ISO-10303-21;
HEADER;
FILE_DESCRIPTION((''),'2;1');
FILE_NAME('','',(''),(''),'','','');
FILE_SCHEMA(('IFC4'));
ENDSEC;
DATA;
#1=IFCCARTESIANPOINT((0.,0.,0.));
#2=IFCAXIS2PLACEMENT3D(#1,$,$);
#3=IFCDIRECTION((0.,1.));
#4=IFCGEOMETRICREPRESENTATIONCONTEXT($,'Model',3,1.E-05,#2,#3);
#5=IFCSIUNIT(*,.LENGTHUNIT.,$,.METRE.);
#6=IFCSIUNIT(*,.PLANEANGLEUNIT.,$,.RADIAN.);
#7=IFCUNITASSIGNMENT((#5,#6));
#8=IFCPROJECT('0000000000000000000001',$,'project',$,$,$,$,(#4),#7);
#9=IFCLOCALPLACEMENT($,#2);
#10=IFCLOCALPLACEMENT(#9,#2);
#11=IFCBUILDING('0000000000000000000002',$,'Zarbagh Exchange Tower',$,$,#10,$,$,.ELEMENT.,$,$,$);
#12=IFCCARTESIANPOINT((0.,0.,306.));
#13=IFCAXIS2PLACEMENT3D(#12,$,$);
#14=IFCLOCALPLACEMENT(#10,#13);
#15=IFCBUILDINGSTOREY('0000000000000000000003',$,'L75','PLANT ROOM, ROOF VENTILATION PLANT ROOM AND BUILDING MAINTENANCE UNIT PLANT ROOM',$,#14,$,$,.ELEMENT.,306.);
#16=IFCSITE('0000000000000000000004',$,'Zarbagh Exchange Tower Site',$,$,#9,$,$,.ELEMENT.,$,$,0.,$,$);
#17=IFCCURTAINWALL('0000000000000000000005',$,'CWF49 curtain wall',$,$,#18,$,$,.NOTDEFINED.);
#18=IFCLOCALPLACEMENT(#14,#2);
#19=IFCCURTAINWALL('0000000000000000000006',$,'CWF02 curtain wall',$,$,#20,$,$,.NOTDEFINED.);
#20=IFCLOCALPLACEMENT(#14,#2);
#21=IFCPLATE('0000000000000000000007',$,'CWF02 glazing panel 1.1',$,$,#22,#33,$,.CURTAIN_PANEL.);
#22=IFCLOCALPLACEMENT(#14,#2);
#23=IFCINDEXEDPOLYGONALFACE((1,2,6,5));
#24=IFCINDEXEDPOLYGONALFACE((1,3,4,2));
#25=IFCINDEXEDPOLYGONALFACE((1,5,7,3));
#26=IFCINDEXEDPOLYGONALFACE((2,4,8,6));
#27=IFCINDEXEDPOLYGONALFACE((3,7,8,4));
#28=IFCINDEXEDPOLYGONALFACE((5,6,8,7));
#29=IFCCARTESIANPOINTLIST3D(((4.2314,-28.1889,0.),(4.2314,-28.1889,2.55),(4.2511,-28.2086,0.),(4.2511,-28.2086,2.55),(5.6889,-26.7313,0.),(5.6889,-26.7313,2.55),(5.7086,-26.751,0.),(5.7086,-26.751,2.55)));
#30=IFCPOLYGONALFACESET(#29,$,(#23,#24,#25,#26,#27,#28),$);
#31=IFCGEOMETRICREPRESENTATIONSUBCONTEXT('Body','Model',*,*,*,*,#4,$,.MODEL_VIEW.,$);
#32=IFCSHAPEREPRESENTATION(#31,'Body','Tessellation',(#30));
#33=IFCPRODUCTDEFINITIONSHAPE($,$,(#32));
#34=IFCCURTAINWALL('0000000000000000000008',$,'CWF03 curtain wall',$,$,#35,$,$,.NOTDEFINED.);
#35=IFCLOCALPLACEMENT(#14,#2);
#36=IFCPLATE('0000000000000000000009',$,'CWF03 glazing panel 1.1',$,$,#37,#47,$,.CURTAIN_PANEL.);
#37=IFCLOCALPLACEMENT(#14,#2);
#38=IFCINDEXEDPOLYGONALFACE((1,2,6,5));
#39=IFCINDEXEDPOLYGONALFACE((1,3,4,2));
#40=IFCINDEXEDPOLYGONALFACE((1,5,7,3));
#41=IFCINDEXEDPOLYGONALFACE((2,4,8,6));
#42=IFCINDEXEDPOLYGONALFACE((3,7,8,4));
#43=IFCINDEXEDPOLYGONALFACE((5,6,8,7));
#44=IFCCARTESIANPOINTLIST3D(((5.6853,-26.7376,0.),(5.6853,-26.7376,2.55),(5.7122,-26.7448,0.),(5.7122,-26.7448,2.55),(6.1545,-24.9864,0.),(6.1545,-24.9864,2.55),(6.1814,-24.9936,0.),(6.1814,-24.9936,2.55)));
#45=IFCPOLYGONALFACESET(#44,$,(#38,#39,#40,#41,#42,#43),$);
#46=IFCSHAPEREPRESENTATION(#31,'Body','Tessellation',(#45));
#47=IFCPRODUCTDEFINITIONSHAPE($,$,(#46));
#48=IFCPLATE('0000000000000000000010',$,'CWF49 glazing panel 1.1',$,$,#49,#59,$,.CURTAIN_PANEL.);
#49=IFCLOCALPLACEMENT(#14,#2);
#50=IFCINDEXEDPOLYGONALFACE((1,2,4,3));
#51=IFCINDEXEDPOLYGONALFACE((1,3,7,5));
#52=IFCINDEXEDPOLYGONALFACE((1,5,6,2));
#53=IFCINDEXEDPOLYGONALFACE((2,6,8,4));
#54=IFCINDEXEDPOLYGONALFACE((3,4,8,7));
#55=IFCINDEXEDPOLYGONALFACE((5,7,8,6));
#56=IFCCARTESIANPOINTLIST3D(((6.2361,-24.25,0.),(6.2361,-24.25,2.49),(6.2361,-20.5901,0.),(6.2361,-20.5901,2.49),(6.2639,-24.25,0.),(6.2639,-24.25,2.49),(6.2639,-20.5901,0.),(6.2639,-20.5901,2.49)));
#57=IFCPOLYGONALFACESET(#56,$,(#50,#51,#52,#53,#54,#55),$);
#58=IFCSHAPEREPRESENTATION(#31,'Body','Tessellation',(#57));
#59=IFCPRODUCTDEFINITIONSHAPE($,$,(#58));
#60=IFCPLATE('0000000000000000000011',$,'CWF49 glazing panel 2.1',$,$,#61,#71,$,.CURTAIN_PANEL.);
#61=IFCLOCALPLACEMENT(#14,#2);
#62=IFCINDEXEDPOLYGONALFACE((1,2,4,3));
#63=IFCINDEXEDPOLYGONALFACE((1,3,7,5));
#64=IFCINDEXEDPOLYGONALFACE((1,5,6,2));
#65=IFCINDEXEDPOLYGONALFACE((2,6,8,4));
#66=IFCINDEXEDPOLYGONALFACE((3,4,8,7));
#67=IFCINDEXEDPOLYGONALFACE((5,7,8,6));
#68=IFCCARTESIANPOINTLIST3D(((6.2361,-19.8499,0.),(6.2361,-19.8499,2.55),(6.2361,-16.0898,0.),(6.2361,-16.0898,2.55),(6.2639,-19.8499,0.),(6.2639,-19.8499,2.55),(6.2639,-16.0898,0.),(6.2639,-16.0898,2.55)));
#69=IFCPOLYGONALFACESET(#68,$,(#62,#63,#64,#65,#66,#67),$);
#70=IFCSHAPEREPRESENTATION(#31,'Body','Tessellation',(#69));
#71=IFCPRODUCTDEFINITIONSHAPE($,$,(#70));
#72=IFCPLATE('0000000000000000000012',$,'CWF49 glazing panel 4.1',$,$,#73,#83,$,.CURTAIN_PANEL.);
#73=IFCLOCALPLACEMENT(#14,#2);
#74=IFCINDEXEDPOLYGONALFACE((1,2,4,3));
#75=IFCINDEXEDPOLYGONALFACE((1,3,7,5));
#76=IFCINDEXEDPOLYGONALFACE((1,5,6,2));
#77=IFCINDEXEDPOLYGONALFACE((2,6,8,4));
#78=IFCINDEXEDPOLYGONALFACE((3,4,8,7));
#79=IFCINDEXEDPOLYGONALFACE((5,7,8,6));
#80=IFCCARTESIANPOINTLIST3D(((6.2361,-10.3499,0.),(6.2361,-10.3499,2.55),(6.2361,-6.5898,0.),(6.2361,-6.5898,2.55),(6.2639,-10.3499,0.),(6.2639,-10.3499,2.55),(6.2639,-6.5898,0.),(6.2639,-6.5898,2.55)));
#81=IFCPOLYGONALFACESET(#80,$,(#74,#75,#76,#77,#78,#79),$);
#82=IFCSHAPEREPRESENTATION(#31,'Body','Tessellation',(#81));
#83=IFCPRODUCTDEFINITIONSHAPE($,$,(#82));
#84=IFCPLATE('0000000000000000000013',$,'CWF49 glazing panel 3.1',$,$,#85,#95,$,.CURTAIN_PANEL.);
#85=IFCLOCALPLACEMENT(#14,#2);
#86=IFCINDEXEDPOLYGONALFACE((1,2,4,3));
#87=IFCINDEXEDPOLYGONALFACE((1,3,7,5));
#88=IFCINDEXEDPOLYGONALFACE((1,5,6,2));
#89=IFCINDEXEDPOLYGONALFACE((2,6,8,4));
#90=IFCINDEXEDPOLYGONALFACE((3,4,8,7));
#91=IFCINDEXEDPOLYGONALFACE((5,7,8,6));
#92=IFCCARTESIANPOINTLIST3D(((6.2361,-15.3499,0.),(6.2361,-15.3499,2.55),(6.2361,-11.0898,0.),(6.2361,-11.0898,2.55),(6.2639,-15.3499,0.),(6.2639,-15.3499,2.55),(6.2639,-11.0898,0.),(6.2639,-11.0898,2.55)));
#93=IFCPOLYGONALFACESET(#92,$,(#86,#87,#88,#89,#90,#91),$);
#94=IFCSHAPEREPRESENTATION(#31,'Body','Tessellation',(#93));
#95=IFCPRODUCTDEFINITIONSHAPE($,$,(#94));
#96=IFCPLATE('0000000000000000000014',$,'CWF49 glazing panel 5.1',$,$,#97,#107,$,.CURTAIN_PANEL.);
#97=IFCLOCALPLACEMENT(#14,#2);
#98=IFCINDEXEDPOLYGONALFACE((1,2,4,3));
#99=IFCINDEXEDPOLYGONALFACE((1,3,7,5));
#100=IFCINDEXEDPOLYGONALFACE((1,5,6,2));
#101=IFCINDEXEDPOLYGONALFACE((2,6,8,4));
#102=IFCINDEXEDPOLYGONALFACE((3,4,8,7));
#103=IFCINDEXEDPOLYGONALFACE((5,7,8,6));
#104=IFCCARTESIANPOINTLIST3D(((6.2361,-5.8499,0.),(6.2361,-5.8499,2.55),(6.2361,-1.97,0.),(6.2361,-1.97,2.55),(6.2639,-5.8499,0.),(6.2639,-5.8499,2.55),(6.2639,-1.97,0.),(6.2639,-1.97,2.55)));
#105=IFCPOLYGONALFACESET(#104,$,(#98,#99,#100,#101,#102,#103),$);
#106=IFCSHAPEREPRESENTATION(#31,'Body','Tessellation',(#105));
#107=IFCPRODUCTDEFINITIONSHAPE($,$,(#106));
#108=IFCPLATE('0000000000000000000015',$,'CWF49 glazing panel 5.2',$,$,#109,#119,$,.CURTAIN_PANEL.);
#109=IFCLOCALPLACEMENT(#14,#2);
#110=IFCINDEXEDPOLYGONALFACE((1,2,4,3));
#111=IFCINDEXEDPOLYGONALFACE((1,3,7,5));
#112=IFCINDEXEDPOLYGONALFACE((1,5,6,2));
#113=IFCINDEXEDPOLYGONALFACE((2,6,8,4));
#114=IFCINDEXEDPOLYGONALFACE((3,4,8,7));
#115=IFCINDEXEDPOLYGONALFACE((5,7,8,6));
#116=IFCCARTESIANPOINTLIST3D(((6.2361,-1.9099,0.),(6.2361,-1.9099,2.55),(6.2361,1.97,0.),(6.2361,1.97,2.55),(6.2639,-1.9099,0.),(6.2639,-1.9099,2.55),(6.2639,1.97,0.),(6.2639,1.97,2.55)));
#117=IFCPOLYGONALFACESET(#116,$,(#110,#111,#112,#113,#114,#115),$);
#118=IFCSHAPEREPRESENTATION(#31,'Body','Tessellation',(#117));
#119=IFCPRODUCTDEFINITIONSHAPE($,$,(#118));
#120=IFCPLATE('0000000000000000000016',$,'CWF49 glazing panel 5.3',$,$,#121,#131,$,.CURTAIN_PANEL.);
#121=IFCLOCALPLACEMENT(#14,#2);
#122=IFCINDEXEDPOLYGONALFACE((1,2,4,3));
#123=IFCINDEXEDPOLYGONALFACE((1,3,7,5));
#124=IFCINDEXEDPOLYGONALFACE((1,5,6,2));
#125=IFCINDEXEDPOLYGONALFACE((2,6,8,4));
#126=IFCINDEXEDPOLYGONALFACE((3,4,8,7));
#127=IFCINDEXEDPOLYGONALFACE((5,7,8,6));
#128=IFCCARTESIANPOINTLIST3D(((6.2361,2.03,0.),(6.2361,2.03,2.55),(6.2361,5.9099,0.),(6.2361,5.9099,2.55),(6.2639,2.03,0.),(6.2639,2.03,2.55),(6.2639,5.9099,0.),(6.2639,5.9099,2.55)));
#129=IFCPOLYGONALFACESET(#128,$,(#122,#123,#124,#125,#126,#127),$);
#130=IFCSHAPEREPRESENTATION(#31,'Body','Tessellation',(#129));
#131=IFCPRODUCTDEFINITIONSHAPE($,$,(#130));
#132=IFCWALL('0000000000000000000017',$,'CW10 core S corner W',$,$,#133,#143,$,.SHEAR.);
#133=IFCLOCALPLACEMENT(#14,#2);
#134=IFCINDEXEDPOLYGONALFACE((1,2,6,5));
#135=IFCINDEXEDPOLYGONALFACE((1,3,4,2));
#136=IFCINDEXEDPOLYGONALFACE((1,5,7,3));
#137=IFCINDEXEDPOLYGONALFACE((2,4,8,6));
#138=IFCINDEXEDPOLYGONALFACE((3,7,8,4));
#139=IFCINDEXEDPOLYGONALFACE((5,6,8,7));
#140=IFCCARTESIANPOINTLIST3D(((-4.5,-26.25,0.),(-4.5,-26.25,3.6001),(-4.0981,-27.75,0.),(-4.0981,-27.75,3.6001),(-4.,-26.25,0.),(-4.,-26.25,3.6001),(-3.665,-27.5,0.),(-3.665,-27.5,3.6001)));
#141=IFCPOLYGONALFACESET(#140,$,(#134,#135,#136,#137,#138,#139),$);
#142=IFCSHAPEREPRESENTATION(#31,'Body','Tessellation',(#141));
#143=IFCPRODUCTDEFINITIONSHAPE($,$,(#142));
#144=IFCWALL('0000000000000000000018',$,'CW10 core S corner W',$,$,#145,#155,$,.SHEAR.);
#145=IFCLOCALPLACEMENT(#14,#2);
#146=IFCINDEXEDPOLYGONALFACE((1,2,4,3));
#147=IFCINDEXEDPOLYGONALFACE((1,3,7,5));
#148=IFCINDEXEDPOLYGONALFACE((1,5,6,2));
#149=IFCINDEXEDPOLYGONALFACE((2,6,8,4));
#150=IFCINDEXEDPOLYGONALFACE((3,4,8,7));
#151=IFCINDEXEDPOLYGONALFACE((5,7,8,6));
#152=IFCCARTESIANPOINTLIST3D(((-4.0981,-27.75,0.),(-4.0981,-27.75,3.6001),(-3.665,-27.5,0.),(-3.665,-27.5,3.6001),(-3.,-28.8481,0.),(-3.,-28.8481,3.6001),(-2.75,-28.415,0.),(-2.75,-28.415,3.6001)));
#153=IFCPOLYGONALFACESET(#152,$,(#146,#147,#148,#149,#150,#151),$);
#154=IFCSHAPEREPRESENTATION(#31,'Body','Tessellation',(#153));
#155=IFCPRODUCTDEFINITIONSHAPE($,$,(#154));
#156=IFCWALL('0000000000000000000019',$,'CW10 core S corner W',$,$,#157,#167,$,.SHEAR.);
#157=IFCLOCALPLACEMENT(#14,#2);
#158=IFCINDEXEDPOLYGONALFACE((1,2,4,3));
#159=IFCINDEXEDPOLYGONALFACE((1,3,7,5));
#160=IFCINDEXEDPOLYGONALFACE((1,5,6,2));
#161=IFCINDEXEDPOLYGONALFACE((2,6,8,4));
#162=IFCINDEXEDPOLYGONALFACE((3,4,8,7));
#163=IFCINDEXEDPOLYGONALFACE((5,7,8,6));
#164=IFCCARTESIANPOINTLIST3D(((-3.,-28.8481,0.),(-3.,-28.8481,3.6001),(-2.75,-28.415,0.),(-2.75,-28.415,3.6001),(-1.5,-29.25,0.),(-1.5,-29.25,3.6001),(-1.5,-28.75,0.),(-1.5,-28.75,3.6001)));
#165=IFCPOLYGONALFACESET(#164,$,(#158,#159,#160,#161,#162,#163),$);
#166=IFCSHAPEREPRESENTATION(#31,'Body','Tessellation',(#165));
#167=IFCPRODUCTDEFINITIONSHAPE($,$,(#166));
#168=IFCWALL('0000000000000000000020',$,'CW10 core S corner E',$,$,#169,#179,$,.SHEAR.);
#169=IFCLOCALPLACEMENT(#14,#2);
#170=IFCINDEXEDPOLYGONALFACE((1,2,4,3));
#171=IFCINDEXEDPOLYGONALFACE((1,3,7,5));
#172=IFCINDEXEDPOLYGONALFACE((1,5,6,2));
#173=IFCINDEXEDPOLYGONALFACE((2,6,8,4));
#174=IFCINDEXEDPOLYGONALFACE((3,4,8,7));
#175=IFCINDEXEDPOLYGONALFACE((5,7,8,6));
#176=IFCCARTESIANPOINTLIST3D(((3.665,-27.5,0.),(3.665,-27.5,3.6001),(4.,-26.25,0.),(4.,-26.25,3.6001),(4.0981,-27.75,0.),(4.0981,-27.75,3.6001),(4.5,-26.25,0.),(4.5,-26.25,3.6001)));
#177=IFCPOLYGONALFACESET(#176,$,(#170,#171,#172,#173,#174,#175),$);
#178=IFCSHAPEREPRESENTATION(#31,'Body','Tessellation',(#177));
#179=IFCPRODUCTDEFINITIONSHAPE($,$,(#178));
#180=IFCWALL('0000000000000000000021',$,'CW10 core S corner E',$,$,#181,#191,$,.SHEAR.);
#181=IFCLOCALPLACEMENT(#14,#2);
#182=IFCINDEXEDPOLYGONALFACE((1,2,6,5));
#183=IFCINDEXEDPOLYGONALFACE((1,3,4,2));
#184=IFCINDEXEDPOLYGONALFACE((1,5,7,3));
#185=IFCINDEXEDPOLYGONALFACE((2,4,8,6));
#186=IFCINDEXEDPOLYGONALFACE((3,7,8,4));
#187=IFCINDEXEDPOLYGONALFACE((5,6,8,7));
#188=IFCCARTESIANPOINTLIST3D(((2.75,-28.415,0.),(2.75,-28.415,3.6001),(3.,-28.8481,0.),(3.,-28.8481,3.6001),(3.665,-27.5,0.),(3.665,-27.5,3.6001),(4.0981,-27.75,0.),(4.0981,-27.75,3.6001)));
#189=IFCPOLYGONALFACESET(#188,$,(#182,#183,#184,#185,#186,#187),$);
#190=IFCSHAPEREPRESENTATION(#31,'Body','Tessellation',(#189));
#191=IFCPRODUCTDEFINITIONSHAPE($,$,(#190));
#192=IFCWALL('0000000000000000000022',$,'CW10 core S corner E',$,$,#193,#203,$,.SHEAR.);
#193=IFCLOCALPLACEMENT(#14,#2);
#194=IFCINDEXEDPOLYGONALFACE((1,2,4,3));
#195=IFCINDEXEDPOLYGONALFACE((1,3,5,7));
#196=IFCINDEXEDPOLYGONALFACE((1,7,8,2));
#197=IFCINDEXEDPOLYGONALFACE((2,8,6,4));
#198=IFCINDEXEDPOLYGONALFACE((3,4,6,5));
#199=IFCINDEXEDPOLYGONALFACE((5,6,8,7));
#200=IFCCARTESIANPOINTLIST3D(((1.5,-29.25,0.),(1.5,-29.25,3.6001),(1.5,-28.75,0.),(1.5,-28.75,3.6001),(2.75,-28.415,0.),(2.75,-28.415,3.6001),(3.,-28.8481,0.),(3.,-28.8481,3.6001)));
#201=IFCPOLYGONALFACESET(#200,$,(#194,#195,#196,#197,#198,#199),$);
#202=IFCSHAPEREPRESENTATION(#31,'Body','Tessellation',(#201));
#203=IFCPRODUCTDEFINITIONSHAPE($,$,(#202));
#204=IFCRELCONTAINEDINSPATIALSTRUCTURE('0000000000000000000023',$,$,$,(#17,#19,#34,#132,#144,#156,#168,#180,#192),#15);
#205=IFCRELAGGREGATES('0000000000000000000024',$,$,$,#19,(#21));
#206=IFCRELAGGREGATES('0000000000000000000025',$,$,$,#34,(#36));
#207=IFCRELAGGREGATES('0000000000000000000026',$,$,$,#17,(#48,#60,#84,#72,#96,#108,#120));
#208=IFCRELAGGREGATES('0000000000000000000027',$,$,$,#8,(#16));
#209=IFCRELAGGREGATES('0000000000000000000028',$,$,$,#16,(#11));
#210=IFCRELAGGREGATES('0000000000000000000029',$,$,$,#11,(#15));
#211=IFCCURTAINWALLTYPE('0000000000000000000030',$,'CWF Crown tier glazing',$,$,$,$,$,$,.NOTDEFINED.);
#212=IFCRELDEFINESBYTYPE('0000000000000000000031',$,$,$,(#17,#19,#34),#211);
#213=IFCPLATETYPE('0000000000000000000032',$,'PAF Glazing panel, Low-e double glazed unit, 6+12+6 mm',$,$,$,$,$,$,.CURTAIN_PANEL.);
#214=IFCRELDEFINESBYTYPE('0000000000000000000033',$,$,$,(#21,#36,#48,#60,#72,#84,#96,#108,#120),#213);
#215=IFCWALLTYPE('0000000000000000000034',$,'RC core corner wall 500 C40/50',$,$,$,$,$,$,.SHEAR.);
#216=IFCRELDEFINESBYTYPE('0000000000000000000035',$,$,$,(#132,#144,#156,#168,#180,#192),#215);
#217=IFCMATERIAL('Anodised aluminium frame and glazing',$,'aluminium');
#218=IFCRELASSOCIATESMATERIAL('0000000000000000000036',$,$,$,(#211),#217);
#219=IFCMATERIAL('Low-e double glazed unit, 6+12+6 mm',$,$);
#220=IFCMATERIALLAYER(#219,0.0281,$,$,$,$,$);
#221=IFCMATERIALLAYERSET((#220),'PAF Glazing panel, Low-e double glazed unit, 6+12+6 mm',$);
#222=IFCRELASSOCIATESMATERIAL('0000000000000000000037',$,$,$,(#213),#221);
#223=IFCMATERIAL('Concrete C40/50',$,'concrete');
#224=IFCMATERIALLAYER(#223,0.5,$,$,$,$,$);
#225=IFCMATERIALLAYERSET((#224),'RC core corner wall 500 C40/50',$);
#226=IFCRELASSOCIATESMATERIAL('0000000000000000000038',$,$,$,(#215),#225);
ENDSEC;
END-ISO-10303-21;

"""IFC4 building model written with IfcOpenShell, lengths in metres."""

from ifc_helpers import new_model, si_unit, direction, frame, origin, place, context, subcontext, project, spatial, polyline, outline, extrude, source, transform, mapped, material, layer, layer_set, type_object, element, aggregate, save


model = new_model("IFC4")

# Units and contexts
model_context = context("Model", 3, precision=1e-05, world=origin(), true_north=direction((0.0, 1.0)))
body_context = subcontext(model_context, "Body", "Model", "MODEL_VIEW")
ifc_project = project(units=[si_unit("LENGTHUNIT", "METRE"), si_unit("PLANEANGLEUNIT", "RADIAN")], contexts=[model_context])

# Site, building, storey
site_placement = place(None, origin())
site = spatial("IfcSite", under=ifc_project, at=site_placement, Name="Zarbagh Exchange Tower Site", CompositionType="ELEMENT", RefElevation=0.0)
building_placement = place(site_placement, origin())
building = spatial("IfcBuilding", under=site, at=building_placement, Name="Zarbagh Exchange Tower", CompositionType="ELEMENT")
storey_placement = place(building_placement, frame((0.0, 0.0, 306.0)))
storey = spatial("IfcBuildingStorey", under=building, at=storey_placement, Name="L75", Description="PLANT ROOM, ROOF VENTILATION PLANT ROOM AND BUILDING MAINTENANCE UNIT PLANT ROOM", CompositionType="ELEMENT", Elevation=306.0)

# Curtain wall
ifc_material_1 = material(Name="Anodised aluminium frame and glazing", Category="aluminium")
curtain_wall_type = type_object("IfcCurtainWallType", Name="CWF Crown tier glazing", PredefinedType="NOTDEFINED", material=ifc_material_1)
curtain_wall_1_placement = place(storey_placement, origin())
curtain_wall_1 = element("IfcCurtainWall", 1, at=curtain_wall_1_placement, inside=storey, type_object=curtain_wall_type, Name="CWF49 curtain wall", PredefinedType="NOTDEFINED")
placement = place(storey_placement, origin())

# Shared definitions
ifc_material_2 = material(Name="Concrete C40/50", Category="concrete")

# Shared definitions
ifc_material_3 = material(Name="Low-e double glazed unit, 6+12+6 mm")
ifc_layer_1 = layer(ifc_material_3, 0.0281)
ifc_layer_set_1 = layer_set([ifc_layer_1], Name="PAF Glazing panel, Low-e double glazed unit, 6+12+6 mm")
plate_type = type_object("IfcPlateType", Name="PAF Glazing panel, Low-e double glazed unit, 6+12+6 mm", PredefinedType="CURTAIN_PANEL", material=ifc_layer_set_1)

# Curtain walls, plates
curtain_wall_2_placement = place(storey_placement, origin())
curtain_wall_2 = element("IfcCurtainWall", 2, at=curtain_wall_2_placement, inside=storey, type_object=curtain_wall_type, Name="CWF02 curtain wall", PredefinedType="NOTDEFINED")
shared_shape_1 = source(origin(), body_context, "Body", "SweptSolid", [
    extrude(outline(polyline([(0.0, -0.0139), (2.0613, -0.0139), (2.0613, 0.0139), (0.0, 0.0139), (0.0, -0.0139)])), origin(), (0.0, 0.0, 1.0), 2.55),
])
plate_1 = element("IfcPlate", 3, at=placement, type_object=plate_type, Name="CWF02 glazing panel 1.1", PredefinedType="CURTAIN_PANEL", context=body_context, shape_type="MappedRepresentation", body=[
    mapped(shared_shape_1, transform((4.2412, -28.1987, 0.0), x_axis=(0.707107, 0.707107, 0.0), y_axis=(-0.707107, 0.707107, 0.0), z_axis=(0.0, 0.0, 1.0))),
])
aggregate(curtain_wall_2, [plate_1])
curtain_wall_3_placement = place(storey_placement, origin())
curtain_wall_3 = element("IfcCurtainWall", 4, at=curtain_wall_3_placement, inside=storey, type_object=curtain_wall_type, Name="CWF03 curtain wall", PredefinedType="NOTDEFINED")
shared_shape_2 = source(origin(), body_context, "Body", "SweptSolid", [
    extrude(outline(polyline([(0.0, -0.0139), (1.813, -0.0139), (1.813, 0.0139), (0.0, 0.0139), (0.0, -0.0139)])), origin(), (0.0, 0.0, 1.0), 2.55),
])
plate_2 = element("IfcPlate", 5, at=placement, type_object=plate_type, Name="CWF03 glazing panel 1.1", PredefinedType="CURTAIN_PANEL", context=body_context, shape_type="MappedRepresentation", body=[
    mapped(shared_shape_2, transform((5.6987, -26.7412, 0.0), x_axis=(0.258825, 0.965924, 0.0), y_axis=(-0.965924, 0.258825, 0.0), z_axis=(0.0, 0.0, 1.0))),
])
aggregate(curtain_wall_3, [plate_2])

# Plates
shared_shape_3 = source(origin(), body_context, "Body", "SweptSolid", [
    extrude(outline(polyline([(0.0, -0.0139), (3.6599, -0.0139), (3.6599, 0.0139), (0.0, 0.0139), (0.0, -0.0139)])), origin(), (0.0, 0.0, 1.0), 2.49),
])
plate_3 = element("IfcPlate", 6, at=placement, type_object=plate_type, Name="CWF49 glazing panel 1.1", PredefinedType="CURTAIN_PANEL", context=body_context, shape_type="MappedRepresentation", body=[
    mapped(shared_shape_3, transform((6.25, -24.25, 0.0), x_axis=(0.0, 1.0, 0.0), y_axis=(-1.0, 0.0, 0.0), z_axis=(0.0, 0.0, 1.0))),
])
shared_shape_4 = source(origin(), body_context, "Body", "SweptSolid", [
    extrude(outline(polyline([(0.0, -0.0139), (3.76, -0.0139), (3.76, 0.0139), (0.0, 0.0139), (0.0, -0.0139)])), origin(), (0.0, 0.0, 1.0), 2.55),
])
plate_4 = element("IfcPlate", 7, at=placement, type_object=plate_type, Name="CWF49 glazing panel 2.1", PredefinedType="CURTAIN_PANEL", context=body_context, shape_type="MappedRepresentation", body=[
    mapped(shared_shape_4, transform((6.25, -19.8499, 0.0), x_axis=(0.0, 1.0, 0.0), y_axis=(-1.0, 0.0, 0.0), z_axis=(0.0, 0.0, 1.0))),
])
plate_5 = element("IfcPlate", 8, at=placement, type_object=plate_type, Name="CWF49 glazing panel 4.1", PredefinedType="CURTAIN_PANEL", context=body_context, shape_type="MappedRepresentation", body=[
    mapped(shared_shape_4, transform((6.25, -10.3499, 0.0), x_axis=(0.0, 1.0, 0.0), y_axis=(-1.0, 0.0, 0.0), z_axis=(0.0, 0.0, 1.0))),
])
shared_shape_5 = source(origin(), body_context, "Body", "SweptSolid", [
    extrude(outline(polyline([(0.0, -0.0139), (4.26, -0.0139), (4.26, 0.0139), (0.0, 0.0139), (0.0, -0.0139)])), origin(), (0.0, 0.0, 1.0), 2.55),
])
plate_6 = element("IfcPlate", 9, at=placement, type_object=plate_type, Name="CWF49 glazing panel 3.1", PredefinedType="CURTAIN_PANEL", context=body_context, shape_type="MappedRepresentation", body=[
    mapped(shared_shape_5, transform((6.25, -15.3499, 0.0), x_axis=(0.0, 1.0, 0.0), y_axis=(-1.0, 0.0, 0.0), z_axis=(0.0, 0.0, 1.0))),
])
shared_shape_6 = source(origin(), body_context, "Body", "SweptSolid", [
    extrude(outline(polyline([(0.0, -0.0139), (3.8799, -0.0139), (3.8799, 0.0139), (0.0, 0.0139), (0.0, -0.0139)])), origin(), (0.0, 0.0, 1.0), 2.55),
])
plate_7 = element("IfcPlate", 10, at=placement, type_object=plate_type, Name="CWF49 glazing panel 5.1", PredefinedType="CURTAIN_PANEL", context=body_context, shape_type="MappedRepresentation", body=[
    mapped(shared_shape_6, transform((6.25, -5.8499, 0.0), x_axis=(0.0, 1.0, 0.0), y_axis=(-1.0, 0.0, 0.0), z_axis=(0.0, 0.0, 1.0))),
])
plate_8 = element("IfcPlate", 11, at=placement, type_object=plate_type, Name="CWF49 glazing panel 5.2", PredefinedType="CURTAIN_PANEL", context=body_context, shape_type="MappedRepresentation", body=[
    mapped(shared_shape_6, transform((6.25, -1.9099, 0.0), x_axis=(0.0, 1.0, 0.0), y_axis=(-1.0, 0.0, 0.0), z_axis=(0.0, 0.0, 1.0))),
])
plate_9 = element("IfcPlate", 12, at=placement, type_object=plate_type, Name="CWF49 glazing panel 5.3", PredefinedType="CURTAIN_PANEL", context=body_context, shape_type="MappedRepresentation", body=[
    mapped(shared_shape_6, transform((6.25, 2.03, 0.0), x_axis=(0.0, 1.0, 0.0), y_axis=(-1.0, 0.0, 0.0), z_axis=(0.0, 0.0, 1.0))),
])
aggregate(curtain_wall_1, [plate_3, plate_4, plate_6, plate_5, plate_7, plate_8, plate_9])

# Walls
ifc_layer_2 = layer(ifc_material_2, 0.5)
ifc_layer_set_2 = layer_set([ifc_layer_2], Name="RC core corner wall 500 C40/50")
wall_type = type_object("IfcWallType", Name="RC core corner wall 500 C40/50", PredefinedType="SHEAR", material=ifc_layer_set_2)
wall_1_placement = place(storey_placement, origin())
element("IfcWall", 13, at=wall_1_placement, inside=storey, type_object=wall_type, Name="CW10 core S corner W", PredefinedType="SHEAR", context=body_context, shape_type="SweptSolid", body=[
    extrude(outline(polyline([(-4.5, -26.25), (-4.0981, -27.75), (-3.665, -27.5), (-4.0, -26.25), (-4.5, -26.25)])), origin(), (0.0, 0.0, 1.0), 3.6001),
])
wall_2_placement = place(storey_placement, origin())
element("IfcWall", 14, at=wall_2_placement, inside=storey, type_object=wall_type, Name="CW10 core S corner W", PredefinedType="SHEAR", context=body_context, shape_type="SweptSolid", body=[
    extrude(outline(polyline([(-4.0981, -27.75), (-3.0, -28.8481), (-2.75, -28.415), (-3.665, -27.5), (-4.0981, -27.75)])), origin(), (0.0, 0.0, 1.0), 3.6001),
])
wall_3_placement = place(storey_placement, origin())
element("IfcWall", 15, at=wall_3_placement, inside=storey, type_object=wall_type, Name="CW10 core S corner W", PredefinedType="SHEAR", context=body_context, shape_type="SweptSolid", body=[
    extrude(outline(polyline([(-3.0, -28.8481), (-1.5, -29.25), (-1.5, -28.75), (-2.75, -28.415), (-3.0, -28.8481)])), origin(), (0.0, 0.0, 1.0), 3.6001),
])
wall_4_placement = place(storey_placement, origin())
element("IfcWall", 16, at=wall_4_placement, inside=storey, type_object=wall_type, Name="CW10 core S corner E", PredefinedType="SHEAR", context=body_context, shape_type="SweptSolid", body=[
    extrude(outline(polyline([(4.5, -26.25), (4.0981, -27.75), (3.665, -27.5), (4.0, -26.25), (4.5, -26.25)])), origin(), (0.0, 0.0, 1.0), 3.6001),
])
wall_5_placement = place(storey_placement, origin())
element("IfcWall", 17, at=wall_5_placement, inside=storey, type_object=wall_type, Name="CW10 core S corner E", PredefinedType="SHEAR", context=body_context, shape_type="SweptSolid", body=[
    extrude(outline(polyline([(4.0981, -27.75), (3.0, -28.8481), (2.75, -28.415), (3.665, -27.5), (4.0981, -27.75)])), origin(), (0.0, 0.0, 1.0), 3.6001),
])
wall_6_placement = place(storey_placement, origin())
element("IfcWall", 18, at=wall_6_placement, inside=storey, type_object=wall_type, Name="CW10 core S corner E", PredefinedType="SHEAR", context=body_context, shape_type="SweptSolid", body=[
    extrude(outline(polyline([(3.0, -28.8481), (1.5, -29.25), (1.5, -28.75), (2.75, -28.415), (3.0, -28.8481)])), origin(), (0.0, 0.0, 1.0), 3.6001),
])

save(model, "model.ifc")
